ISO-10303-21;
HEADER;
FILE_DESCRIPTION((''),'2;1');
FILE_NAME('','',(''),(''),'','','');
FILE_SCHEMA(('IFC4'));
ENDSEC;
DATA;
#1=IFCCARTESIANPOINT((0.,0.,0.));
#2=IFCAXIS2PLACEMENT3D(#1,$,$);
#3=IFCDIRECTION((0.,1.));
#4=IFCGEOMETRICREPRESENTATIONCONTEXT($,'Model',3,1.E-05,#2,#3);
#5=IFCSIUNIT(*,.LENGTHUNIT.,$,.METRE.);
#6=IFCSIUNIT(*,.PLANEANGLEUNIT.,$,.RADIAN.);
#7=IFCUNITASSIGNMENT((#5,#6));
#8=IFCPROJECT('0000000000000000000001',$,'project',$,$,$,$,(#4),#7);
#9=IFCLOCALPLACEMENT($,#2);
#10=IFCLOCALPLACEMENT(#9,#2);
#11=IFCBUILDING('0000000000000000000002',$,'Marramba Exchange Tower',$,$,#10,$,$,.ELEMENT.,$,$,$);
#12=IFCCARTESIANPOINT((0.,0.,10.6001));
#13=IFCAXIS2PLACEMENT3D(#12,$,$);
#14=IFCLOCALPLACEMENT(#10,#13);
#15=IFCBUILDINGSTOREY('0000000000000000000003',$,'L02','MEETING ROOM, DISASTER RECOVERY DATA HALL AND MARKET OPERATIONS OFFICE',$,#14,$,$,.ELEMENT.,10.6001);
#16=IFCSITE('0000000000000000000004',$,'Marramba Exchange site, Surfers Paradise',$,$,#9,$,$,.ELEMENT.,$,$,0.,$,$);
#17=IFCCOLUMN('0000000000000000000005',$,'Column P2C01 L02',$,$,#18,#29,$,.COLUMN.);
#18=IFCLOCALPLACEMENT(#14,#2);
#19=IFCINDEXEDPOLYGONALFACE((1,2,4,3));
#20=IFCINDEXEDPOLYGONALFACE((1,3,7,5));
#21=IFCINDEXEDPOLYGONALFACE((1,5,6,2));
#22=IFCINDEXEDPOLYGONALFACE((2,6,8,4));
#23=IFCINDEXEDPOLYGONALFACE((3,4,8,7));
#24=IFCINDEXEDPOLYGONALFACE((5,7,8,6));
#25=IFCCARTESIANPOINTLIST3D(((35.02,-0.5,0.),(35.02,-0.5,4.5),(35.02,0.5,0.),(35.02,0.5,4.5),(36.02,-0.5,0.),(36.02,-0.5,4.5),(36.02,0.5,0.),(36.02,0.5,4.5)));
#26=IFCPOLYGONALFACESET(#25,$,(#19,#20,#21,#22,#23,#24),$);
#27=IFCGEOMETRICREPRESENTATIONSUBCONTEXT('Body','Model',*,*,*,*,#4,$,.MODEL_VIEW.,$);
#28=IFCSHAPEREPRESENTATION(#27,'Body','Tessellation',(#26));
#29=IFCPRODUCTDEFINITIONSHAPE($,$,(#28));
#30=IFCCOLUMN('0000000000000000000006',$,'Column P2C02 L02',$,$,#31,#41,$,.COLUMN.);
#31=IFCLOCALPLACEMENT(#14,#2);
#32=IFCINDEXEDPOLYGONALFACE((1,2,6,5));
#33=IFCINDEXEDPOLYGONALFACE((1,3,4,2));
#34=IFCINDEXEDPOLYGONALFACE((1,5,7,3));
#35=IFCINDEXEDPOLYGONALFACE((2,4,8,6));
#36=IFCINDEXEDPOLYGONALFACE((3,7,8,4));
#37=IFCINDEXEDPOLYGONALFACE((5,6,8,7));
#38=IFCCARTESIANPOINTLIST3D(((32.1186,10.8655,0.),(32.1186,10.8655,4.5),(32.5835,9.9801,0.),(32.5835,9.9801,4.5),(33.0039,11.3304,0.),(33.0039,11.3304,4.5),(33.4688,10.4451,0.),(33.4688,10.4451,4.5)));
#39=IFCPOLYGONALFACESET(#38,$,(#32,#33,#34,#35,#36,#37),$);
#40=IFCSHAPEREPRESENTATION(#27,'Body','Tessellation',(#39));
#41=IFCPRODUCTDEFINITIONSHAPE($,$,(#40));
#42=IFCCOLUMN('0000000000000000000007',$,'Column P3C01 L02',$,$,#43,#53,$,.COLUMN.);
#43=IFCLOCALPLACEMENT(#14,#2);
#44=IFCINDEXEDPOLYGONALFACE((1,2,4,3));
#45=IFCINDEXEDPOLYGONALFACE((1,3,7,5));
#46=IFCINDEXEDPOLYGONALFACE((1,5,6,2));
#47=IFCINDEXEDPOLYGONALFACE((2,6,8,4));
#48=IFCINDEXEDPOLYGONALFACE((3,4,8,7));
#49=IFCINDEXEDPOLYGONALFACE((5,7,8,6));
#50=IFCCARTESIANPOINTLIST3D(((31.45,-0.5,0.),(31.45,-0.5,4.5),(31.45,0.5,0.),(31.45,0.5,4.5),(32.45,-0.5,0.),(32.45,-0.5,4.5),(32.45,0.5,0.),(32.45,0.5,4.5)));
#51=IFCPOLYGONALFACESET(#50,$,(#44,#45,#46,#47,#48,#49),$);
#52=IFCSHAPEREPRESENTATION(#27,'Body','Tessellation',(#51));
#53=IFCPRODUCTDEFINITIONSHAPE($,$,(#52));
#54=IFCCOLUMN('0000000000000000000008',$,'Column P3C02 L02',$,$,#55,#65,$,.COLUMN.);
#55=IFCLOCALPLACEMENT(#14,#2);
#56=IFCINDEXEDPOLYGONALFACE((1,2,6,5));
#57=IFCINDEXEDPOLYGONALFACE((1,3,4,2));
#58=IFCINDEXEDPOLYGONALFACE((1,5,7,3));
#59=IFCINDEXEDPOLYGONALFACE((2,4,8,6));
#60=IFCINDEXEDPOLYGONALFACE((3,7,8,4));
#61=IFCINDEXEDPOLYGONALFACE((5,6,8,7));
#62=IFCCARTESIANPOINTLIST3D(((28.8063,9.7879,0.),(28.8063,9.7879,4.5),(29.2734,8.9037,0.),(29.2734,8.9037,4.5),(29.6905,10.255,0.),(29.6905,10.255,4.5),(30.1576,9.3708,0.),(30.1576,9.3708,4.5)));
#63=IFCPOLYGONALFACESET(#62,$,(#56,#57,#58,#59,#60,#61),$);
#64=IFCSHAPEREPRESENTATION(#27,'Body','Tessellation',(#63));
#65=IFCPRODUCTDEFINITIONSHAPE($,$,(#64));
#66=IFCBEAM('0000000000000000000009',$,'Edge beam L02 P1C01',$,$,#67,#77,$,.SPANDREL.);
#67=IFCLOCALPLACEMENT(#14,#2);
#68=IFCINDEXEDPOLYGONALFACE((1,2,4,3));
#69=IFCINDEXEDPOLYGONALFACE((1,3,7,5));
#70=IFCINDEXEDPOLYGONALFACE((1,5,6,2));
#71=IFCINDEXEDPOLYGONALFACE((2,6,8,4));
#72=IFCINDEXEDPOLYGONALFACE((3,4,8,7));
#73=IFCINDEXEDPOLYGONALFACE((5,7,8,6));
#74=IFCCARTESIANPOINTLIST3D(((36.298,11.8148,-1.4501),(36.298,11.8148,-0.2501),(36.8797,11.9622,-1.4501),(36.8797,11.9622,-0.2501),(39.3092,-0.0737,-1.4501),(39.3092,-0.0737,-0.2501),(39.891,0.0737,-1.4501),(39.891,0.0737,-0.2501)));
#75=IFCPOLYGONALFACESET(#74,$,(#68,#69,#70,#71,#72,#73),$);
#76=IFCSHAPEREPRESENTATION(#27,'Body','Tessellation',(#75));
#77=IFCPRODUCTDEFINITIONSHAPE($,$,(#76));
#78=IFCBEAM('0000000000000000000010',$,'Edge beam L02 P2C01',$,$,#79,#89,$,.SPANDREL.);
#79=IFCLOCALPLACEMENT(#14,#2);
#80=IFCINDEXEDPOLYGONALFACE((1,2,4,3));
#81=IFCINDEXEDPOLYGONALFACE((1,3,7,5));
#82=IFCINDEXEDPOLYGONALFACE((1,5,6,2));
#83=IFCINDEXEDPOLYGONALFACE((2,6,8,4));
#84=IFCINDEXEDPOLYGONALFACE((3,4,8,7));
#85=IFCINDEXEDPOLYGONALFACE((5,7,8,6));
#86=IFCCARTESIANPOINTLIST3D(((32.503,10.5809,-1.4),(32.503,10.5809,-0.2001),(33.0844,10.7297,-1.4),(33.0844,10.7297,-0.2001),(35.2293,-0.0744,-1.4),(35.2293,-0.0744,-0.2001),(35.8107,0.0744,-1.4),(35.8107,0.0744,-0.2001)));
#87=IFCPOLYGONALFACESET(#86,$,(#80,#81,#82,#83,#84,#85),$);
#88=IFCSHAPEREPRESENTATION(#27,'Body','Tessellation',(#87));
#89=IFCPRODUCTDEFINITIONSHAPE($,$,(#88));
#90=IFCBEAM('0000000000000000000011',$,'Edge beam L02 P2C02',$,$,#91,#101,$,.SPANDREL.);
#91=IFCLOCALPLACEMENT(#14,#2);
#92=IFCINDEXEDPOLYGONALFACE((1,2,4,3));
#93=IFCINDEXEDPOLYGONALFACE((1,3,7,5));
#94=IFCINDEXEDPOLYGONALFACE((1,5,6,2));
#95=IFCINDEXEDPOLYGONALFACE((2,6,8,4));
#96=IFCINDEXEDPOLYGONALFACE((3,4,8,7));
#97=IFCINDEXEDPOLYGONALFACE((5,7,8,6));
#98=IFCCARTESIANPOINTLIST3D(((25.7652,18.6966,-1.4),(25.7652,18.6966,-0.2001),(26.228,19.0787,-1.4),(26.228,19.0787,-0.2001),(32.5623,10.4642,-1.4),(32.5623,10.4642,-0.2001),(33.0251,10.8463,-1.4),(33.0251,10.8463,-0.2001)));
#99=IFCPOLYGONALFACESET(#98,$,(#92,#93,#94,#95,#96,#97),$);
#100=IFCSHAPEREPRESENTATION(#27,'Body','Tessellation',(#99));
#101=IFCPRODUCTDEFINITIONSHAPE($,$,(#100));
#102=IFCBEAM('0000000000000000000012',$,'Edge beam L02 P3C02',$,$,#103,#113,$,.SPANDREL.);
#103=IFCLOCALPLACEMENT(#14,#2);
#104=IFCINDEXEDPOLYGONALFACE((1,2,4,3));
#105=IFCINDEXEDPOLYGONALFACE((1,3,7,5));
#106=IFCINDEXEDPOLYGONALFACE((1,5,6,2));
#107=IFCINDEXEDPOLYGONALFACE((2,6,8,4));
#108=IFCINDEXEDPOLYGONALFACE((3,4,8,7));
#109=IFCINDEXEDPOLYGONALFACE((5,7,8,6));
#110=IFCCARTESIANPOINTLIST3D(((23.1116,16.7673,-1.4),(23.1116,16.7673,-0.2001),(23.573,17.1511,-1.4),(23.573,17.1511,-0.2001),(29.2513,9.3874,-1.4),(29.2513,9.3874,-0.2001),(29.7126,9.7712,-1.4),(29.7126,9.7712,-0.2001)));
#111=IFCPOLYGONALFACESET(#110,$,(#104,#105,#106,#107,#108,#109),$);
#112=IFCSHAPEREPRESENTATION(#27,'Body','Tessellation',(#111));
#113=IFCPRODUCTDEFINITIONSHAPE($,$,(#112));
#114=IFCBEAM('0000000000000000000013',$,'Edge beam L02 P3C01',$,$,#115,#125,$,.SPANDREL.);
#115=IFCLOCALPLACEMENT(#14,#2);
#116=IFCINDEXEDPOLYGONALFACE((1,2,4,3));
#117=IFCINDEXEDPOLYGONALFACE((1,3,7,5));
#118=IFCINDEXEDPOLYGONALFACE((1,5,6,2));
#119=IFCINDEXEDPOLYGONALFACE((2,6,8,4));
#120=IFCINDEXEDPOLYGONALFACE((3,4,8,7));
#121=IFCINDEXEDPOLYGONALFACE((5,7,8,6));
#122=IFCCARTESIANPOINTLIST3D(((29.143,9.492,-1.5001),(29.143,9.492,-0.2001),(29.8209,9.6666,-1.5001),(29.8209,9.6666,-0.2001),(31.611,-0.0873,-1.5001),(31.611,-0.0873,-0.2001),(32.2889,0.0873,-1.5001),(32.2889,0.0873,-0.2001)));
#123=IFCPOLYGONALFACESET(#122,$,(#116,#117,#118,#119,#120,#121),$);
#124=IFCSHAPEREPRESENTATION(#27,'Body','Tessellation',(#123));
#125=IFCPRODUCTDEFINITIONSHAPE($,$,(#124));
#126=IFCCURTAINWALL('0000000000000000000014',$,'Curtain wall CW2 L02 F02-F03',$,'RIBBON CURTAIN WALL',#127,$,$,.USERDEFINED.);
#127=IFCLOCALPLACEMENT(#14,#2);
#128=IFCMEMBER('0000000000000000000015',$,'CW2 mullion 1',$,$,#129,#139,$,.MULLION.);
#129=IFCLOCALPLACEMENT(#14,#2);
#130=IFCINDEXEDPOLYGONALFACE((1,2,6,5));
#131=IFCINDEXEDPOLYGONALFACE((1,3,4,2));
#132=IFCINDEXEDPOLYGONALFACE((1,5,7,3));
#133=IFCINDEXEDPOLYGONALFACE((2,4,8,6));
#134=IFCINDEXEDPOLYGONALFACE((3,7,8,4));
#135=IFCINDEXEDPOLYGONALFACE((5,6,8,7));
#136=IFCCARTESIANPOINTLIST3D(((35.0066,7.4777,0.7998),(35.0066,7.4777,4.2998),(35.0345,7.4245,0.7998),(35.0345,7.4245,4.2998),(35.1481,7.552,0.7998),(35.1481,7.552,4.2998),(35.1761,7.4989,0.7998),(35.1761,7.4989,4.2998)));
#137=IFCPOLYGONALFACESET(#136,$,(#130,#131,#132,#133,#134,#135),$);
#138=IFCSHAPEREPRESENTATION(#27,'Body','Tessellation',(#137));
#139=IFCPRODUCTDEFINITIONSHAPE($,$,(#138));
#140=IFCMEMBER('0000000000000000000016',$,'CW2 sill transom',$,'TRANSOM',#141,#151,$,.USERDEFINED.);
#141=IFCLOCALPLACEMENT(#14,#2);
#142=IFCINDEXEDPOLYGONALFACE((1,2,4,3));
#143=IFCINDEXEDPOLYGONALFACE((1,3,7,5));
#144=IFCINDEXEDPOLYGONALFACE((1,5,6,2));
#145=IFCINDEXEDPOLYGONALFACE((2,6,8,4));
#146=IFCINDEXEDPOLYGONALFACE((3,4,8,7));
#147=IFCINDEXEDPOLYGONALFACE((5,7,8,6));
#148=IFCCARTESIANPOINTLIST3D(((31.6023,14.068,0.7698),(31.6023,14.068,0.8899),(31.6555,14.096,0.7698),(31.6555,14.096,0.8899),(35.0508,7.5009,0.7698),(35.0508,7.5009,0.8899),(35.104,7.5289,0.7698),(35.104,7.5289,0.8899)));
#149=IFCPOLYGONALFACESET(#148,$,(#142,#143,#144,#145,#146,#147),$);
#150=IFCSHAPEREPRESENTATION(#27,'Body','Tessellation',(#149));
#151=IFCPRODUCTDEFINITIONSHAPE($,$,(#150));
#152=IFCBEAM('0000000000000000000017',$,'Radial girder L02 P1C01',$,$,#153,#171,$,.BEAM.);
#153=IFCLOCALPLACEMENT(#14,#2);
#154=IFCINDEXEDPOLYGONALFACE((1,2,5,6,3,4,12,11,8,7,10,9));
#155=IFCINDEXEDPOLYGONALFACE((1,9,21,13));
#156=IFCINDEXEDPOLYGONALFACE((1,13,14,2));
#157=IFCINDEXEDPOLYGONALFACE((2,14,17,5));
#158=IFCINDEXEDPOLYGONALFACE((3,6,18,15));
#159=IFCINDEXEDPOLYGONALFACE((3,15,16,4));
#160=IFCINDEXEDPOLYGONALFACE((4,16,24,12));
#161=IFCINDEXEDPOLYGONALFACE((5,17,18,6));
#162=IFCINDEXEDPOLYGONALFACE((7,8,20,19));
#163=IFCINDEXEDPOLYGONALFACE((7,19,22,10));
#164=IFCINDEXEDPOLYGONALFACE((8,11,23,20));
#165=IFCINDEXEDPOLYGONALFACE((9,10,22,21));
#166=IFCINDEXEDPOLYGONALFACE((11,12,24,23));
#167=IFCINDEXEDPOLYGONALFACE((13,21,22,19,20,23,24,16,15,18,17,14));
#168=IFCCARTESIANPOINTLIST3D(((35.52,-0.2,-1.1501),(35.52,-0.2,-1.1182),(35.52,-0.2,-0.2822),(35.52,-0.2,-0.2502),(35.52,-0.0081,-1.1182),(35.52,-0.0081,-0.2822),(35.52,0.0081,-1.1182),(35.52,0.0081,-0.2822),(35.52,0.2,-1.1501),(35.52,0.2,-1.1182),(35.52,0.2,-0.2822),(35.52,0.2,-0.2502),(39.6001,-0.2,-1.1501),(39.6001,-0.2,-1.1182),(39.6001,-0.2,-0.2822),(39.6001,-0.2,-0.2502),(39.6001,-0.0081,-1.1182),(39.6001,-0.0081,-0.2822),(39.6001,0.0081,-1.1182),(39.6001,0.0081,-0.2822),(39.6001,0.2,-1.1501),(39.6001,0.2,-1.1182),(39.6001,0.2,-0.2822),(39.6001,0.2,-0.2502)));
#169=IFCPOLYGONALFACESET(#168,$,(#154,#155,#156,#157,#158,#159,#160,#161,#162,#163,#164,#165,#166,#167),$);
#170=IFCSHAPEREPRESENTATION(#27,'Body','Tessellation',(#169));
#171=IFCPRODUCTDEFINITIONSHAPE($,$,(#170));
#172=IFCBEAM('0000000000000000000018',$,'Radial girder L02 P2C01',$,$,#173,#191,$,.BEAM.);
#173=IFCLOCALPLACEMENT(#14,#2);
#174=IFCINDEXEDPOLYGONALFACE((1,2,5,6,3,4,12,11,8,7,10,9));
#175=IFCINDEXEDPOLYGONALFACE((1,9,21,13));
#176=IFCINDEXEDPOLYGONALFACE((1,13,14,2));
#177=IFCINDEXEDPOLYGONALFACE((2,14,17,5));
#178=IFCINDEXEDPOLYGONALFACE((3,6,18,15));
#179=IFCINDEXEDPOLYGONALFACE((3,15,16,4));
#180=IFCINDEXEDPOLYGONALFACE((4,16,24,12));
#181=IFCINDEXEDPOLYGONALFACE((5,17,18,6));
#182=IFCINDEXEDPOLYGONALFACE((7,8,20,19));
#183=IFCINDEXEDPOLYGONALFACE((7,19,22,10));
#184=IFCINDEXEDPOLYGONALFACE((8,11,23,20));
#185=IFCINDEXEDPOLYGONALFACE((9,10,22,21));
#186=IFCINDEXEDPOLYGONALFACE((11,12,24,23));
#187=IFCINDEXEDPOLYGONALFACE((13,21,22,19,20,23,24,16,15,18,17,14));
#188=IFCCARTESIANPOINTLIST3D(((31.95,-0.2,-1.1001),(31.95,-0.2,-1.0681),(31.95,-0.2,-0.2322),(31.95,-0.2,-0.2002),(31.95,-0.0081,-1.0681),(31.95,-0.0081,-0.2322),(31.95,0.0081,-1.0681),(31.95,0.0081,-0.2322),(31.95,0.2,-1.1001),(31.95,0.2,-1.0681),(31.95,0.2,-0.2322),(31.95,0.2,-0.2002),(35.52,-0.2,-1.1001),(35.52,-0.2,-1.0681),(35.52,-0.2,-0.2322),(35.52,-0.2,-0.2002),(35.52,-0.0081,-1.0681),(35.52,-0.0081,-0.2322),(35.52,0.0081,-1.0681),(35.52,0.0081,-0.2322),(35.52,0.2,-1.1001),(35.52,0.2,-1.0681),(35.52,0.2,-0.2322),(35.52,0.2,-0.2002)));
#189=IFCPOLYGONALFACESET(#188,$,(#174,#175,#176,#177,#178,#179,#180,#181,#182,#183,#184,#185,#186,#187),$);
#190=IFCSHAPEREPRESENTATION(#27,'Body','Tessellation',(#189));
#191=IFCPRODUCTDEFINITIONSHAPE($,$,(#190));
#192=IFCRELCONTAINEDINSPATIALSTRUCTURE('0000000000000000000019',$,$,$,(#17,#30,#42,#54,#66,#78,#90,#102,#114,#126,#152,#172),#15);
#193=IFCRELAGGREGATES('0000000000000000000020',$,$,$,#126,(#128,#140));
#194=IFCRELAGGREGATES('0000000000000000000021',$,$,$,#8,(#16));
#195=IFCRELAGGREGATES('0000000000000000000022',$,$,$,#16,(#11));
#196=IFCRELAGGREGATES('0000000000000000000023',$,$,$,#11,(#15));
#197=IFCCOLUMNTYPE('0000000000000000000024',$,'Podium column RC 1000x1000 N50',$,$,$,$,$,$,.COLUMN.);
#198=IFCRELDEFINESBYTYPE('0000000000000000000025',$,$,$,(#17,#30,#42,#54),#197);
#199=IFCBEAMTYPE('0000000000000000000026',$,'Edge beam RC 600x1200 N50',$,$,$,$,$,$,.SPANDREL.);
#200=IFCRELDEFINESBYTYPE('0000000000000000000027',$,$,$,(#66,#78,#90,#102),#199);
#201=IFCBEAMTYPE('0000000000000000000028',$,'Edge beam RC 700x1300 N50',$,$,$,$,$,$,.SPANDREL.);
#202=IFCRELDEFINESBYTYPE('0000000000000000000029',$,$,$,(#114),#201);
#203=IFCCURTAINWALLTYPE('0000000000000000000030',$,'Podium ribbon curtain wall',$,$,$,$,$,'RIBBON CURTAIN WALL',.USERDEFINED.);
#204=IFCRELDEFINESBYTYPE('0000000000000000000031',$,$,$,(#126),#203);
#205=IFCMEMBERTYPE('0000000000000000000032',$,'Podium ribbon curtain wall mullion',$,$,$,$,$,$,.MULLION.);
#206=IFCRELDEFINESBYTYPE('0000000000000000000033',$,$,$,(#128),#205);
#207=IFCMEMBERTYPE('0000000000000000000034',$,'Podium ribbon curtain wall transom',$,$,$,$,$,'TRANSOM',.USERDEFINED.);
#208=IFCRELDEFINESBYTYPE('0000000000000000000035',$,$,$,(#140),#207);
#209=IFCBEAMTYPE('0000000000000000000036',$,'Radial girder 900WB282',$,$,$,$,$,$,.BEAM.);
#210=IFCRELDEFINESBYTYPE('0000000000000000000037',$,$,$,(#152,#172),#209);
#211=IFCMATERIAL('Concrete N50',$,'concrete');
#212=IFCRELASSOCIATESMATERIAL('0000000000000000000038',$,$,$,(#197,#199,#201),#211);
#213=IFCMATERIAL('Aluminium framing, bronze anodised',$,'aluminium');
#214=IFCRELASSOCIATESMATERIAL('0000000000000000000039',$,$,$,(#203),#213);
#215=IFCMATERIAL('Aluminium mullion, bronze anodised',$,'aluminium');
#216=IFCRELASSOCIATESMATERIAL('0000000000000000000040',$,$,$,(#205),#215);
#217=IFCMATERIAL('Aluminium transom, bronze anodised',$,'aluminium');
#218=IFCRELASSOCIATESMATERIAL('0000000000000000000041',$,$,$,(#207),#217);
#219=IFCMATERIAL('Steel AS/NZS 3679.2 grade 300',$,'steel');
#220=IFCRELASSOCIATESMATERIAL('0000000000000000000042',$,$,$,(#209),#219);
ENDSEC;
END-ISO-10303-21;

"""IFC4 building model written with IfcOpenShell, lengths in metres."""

from ifc_helpers import new_model, si_unit, direction, frame, origin, origin_2d, place, context, subcontext, project, spatial, rectangle, i_section, extrude, material, material_profile, profile_set, type_object, element, aggregate, save


model = new_model("IFC4")

# Units and contexts
model_context = context("Model", 3, precision=1e-05, world=origin(), true_north=direction((0.0, 1.0)))
body_context = subcontext(model_context, "Body", "Model", "MODEL_VIEW")
ifc_project = project(units=[si_unit("LENGTHUNIT", "METRE"), si_unit("PLANEANGLEUNIT", "RADIAN")], contexts=[model_context])

# Site, building, storey
site_placement = place(None, origin())
site = spatial("IfcSite", under=ifc_project, at=site_placement, Name="Marramba Exchange site, Surfers Paradise", CompositionType="ELEMENT", RefElevation=0.0)
building_placement = place(site_placement, origin())
building = spatial("IfcBuilding", under=site, at=building_placement, Name="Marramba Exchange Tower", CompositionType="ELEMENT")
storey_placement = place(building_placement, frame((0.0, 0.0, 10.6001)))
storey = spatial("IfcBuildingStorey", under=building, at=storey_placement, Name="L02", Description="MEETING ROOM, DISASTER RECOVERY DATA HALL AND MARKET OPERATIONS OFFICE", CompositionType="ELEMENT", Elevation=10.6001)

# Columns
ifc_material_1 = material(Name="Concrete N50", Category="concrete")
ifc_material_profile_1 = material_profile(ifc_material_1, rectangle(XDim=1.0, YDim=1.0, at=origin_2d()), Name="RC 1000x1000")
ifc_profile_set_1 = profile_set([ifc_material_profile_1], Name="Concrete N50")
column_type = type_object("IfcColumnType", Name="Podium column RC 1000x1000 N50", PredefinedType="COLUMN", material=ifc_profile_set_1)
for number, where, z_axis, x_axis, name in (
    (1, (35.52, 0.0, 0.0), (0.0, 0.0, 1.0), (1.0, 0.0, 0.0), "Column P2C01 L02"),
    (2, (32.7937, 10.6553, 0.0), (0.0, 0.0, 1.0), (0.885353, 0.464919, 0.0), "Column P2C02 L02"),
    (3, (31.95, 0.0, 0.0), (0.0, 0.0, 1.0), (1.0, 0.0, 0.0), "Column P3C01 L02"),
    (4, (29.4819, 9.5793, 0.0), (0.0, 0.0, 1.0), (0.884188, 0.467131, 0.0), "Column P3C02 L02"),
):
    element("IfcColumn", number, at=place(storey_placement, frame(where, z_axis=z_axis, x_axis=x_axis)), inside=storey, type_object=column_type, Name=name, PredefinedType="COLUMN", context=body_context, shape_type="SweptSolid", body=[
        extrude(rectangle(XDim=1.0, YDim=1.0, at=origin_2d()), origin(), (0.0, 0.0, 1.0), 4.5),
    ])

# Beams
ifc_material_profile_2 = material_profile(ifc_material_1, rectangle(XDim=0.6001, YDim=1.2, at=origin_2d()), Name="RC 600x1200")
ifc_profile_set_2 = profile_set([ifc_material_profile_2], Name="Concrete N50")
beam_type_1 = type_object("IfcBeamType", Name="Edge beam RC 600x1200 N50", PredefinedType="SPANDREL", material=ifc_profile_set_2)
beam_1_placement = place(storey_placement, frame((39.6001, 0.0, -0.8501), z_axis=(-0.245537, 0.969387, 0.0), x_axis=(-0.969387, -0.245537, 0.0)))
element("IfcBeam", 5, at=beam_1_placement, inside=storey, type_object=beam_type_1, Name="Edge beam L02 P1C01", PredefinedType="SPANDREL", context=body_context, shape_type="SweptSolid", body=[
    extrude(rectangle(XDim=0.6001, YDim=1.2, at=origin_2d()), origin(), (0.0, 0.0, 1.0), 12.2639),
])
beam_2_placement = place(storey_placement, frame((35.52, 0.0, -0.8), z_axis=(-0.24788, 0.968791, 0.0), x_axis=(-0.968791, -0.24788, 0.0)))
element("IfcBeam", 6, at=beam_2_placement, inside=storey, type_object=beam_type_1, Name="Edge beam L02 P2C01", PredefinedType="SPANDREL", context=body_context, shape_type="SweptSolid", body=[
    extrude(rectangle(XDim=0.6001, YDim=1.2, at=origin_2d()), origin(), (0.0, 0.0, 1.0), 10.9985),
])
beam_3_placement = place(storey_placement, frame((32.7937, 10.6553, -0.8), z_axis=(-0.636682, 0.771126, 0.0), x_axis=(-0.771126, -0.636682, 0.0)))
element("IfcBeam", 7, at=beam_3_placement, inside=storey, type_object=beam_type_1, Name="Edge beam L02 P2C02", PredefinedType="SPANDREL", context=body_context, shape_type="SweptSolid", body=[
    extrude(rectangle(XDim=0.6001, YDim=1.2, at=origin_2d()), origin(), (0.0, 0.0, 1.0), 10.6758),
])
beam_4_placement = place(storey_placement, frame((29.4819, 9.5793, -0.8), z_axis=(-0.639554, 0.768746, 0.0), x_axis=(-0.768746, -0.639554, 0.0)))
element("IfcBeam", 8, at=beam_4_placement, inside=storey, type_object=beam_type_1, Name="Edge beam L02 P3C02", PredefinedType="SPANDREL", context=body_context, shape_type="SweptSolid", body=[
    extrude(rectangle(XDim=0.6001, YDim=1.2, at=origin_2d()), origin(), (0.0, 0.0, 1.0), 9.5999),
])
ifc_material_profile_3 = material_profile(ifc_material_1, rectangle(XDim=0.7, YDim=1.3, at=origin_2d()), Name="RC 700x1300")
ifc_profile_set_3 = profile_set([ifc_material_profile_3], Name="Concrete N50")
beam_type_2 = type_object("IfcBeamType", Name="Edge beam RC 700x1300 N50", PredefinedType="SPANDREL", material=ifc_profile_set_3)
beam_5_placement = place(storey_placement, frame((31.95, 0.0, -0.8501), z_axis=(-0.249492, 0.968377, 0.0), x_axis=(-0.968377, -0.249492, 0.0)))
element("IfcBeam", 9, at=beam_5_placement, inside=storey, type_object=beam_type_2, Name="Edge beam L02 P3C01", PredefinedType="SPANDREL", context=body_context, shape_type="SweptSolid", body=[
    extrude(rectangle(XDim=0.7, YDim=1.3, at=origin_2d()), origin(), (0.0, 0.0, 1.0), 9.8921),
])

# Curtain wall, members
ifc_material_2 = material(Name="Aluminium framing, bronze anodised", Category="aluminium")
curtain_wall_type = type_object("IfcCurtainWallType", Name="Podium ribbon curtain wall", ElementType="RIBBON CURTAIN WALL", PredefinedType="USERDEFINED", material=ifc_material_2)
curtain_wall_placement = place(storey_placement, origin())
curtain_wall = element("IfcCurtainWall", 10, at=curtain_wall_placement, inside=storey, type_object=curtain_wall_type, Name="Curtain wall CW2 L02 F02-F03", ObjectType="RIBBON CURTAIN WALL", PredefinedType="USERDEFINED")
ifc_material_3 = material(Name="Aluminium mullion, bronze anodised", Category="aluminium")
ifc_material_profile_4 = material_profile(ifc_material_3, rectangle(XDim=0.1599, YDim=0.0601, at=origin_2d()), Name="CW2 mullion 60x160")
ifc_profile_set_4 = profile_set([ifc_material_profile_4], Name="Aluminium mullion, bronze anodised")
member_type_1 = type_object("IfcMemberType", Name="Podium ribbon curtain wall mullion", PredefinedType="MULLION", material=ifc_profile_set_4)
member_1_placement = place(storey_placement, frame((35.0913, 7.4883, 0.7998), z_axis=(0.0, 0.0, 1.0), x_axis=(-0.885353, -0.464919, 0.0)))
member_1 = element("IfcMember", 11, at=member_1_placement, type_object=member_type_1, Name="CW2 mullion 1", PredefinedType="MULLION", context=body_context, shape_type="SweptSolid", body=[
    extrude(rectangle(XDim=0.1599, YDim=0.0601, at=origin_2d()), origin(), (0.0, 0.0, 1.0), 3.5),
])
ifc_material_4 = material(Name="Aluminium transom, bronze anodised", Category="aluminium")
ifc_material_profile_5 = material_profile(ifc_material_4, rectangle(XDim=0.0601, YDim=0.1201, at=origin_2d()), Name="CW2 transom 60x120")
ifc_profile_set_5 = profile_set([ifc_material_profile_5], Name="Aluminium transom, bronze anodised")
member_type_2 = type_object("IfcMemberType", Name="Podium ribbon curtain wall transom", ElementType="TRANSOM", PredefinedType="USERDEFINED", material=ifc_profile_set_5)
member_2_placement = place(storey_placement, frame((35.0774, 7.5149, 0.8298), z_axis=(-0.464912, 0.885357, 0.0), x_axis=(-0.885357, -0.464912, 0.0)))
member_2 = element("IfcMember", 12, at=member_2_placement, type_object=member_type_2, Name="CW2 sill transom", ObjectType="TRANSOM", PredefinedType="USERDEFINED", context=body_context, shape_type="SweptSolid", body=[
    extrude(rectangle(XDim=0.0601, YDim=0.1201, at=origin_2d()), origin(), (0.0, 0.0, 1.0), 7.4175),
])
aggregate(curtain_wall, [member_1, member_2])

# Beams
ifc_material_5 = material(Name="Steel AS/NZS 3679.2 grade 300", Category="steel")
ifc_material_profile_6 = material_profile(ifc_material_5, i_section(OverallWidth=0.3999, OverallDepth=0.8999, WebThickness=0.0161, FlangeThickness=0.032, at=origin_2d()), Name="900WB282")
ifc_profile_set_6 = profile_set([ifc_material_profile_6], Name="Steel AS/NZS 3679.2 grade 300")
beam_type_3 = type_object("IfcBeamType", Name="Radial girder 900WB282", PredefinedType="BEAM", material=ifc_profile_set_6)
beam_6_placement = place(storey_placement, frame((39.6001, 0.0, -0.7002), z_axis=(-1.0, 0.0, 0.0), x_axis=(0.0, -1.0, 0.0)))
element("IfcBeam", 13, at=beam_6_placement, inside=storey, type_object=beam_type_3, Name="Radial girder L02 P1C01", PredefinedType="BEAM", context=body_context, shape_type="SweptSolid", body=[
    extrude(i_section(OverallWidth=0.3999, OverallDepth=0.8999, WebThickness=0.0161, FlangeThickness=0.032, at=origin_2d()), origin(), (0.0, 0.0, 1.0), 4.0801),
])
beam_7_placement = place(storey_placement, frame((35.52, 0.0, -0.6501), z_axis=(-1.0, 0.0, 0.0), x_axis=(0.0, -1.0, 0.0)))
element("IfcBeam", 14, at=beam_7_placement, inside=storey, type_object=beam_type_3, Name="Radial girder L02 P2C01", PredefinedType="BEAM", context=body_context, shape_type="SweptSolid", body=[
    extrude(i_section(OverallWidth=0.3999, OverallDepth=0.8999, WebThickness=0.0161, FlangeThickness=0.032, at=origin_2d()), origin(), (0.0, 0.0, 1.0), 3.5701),
])

save(model, "model.ifc")
